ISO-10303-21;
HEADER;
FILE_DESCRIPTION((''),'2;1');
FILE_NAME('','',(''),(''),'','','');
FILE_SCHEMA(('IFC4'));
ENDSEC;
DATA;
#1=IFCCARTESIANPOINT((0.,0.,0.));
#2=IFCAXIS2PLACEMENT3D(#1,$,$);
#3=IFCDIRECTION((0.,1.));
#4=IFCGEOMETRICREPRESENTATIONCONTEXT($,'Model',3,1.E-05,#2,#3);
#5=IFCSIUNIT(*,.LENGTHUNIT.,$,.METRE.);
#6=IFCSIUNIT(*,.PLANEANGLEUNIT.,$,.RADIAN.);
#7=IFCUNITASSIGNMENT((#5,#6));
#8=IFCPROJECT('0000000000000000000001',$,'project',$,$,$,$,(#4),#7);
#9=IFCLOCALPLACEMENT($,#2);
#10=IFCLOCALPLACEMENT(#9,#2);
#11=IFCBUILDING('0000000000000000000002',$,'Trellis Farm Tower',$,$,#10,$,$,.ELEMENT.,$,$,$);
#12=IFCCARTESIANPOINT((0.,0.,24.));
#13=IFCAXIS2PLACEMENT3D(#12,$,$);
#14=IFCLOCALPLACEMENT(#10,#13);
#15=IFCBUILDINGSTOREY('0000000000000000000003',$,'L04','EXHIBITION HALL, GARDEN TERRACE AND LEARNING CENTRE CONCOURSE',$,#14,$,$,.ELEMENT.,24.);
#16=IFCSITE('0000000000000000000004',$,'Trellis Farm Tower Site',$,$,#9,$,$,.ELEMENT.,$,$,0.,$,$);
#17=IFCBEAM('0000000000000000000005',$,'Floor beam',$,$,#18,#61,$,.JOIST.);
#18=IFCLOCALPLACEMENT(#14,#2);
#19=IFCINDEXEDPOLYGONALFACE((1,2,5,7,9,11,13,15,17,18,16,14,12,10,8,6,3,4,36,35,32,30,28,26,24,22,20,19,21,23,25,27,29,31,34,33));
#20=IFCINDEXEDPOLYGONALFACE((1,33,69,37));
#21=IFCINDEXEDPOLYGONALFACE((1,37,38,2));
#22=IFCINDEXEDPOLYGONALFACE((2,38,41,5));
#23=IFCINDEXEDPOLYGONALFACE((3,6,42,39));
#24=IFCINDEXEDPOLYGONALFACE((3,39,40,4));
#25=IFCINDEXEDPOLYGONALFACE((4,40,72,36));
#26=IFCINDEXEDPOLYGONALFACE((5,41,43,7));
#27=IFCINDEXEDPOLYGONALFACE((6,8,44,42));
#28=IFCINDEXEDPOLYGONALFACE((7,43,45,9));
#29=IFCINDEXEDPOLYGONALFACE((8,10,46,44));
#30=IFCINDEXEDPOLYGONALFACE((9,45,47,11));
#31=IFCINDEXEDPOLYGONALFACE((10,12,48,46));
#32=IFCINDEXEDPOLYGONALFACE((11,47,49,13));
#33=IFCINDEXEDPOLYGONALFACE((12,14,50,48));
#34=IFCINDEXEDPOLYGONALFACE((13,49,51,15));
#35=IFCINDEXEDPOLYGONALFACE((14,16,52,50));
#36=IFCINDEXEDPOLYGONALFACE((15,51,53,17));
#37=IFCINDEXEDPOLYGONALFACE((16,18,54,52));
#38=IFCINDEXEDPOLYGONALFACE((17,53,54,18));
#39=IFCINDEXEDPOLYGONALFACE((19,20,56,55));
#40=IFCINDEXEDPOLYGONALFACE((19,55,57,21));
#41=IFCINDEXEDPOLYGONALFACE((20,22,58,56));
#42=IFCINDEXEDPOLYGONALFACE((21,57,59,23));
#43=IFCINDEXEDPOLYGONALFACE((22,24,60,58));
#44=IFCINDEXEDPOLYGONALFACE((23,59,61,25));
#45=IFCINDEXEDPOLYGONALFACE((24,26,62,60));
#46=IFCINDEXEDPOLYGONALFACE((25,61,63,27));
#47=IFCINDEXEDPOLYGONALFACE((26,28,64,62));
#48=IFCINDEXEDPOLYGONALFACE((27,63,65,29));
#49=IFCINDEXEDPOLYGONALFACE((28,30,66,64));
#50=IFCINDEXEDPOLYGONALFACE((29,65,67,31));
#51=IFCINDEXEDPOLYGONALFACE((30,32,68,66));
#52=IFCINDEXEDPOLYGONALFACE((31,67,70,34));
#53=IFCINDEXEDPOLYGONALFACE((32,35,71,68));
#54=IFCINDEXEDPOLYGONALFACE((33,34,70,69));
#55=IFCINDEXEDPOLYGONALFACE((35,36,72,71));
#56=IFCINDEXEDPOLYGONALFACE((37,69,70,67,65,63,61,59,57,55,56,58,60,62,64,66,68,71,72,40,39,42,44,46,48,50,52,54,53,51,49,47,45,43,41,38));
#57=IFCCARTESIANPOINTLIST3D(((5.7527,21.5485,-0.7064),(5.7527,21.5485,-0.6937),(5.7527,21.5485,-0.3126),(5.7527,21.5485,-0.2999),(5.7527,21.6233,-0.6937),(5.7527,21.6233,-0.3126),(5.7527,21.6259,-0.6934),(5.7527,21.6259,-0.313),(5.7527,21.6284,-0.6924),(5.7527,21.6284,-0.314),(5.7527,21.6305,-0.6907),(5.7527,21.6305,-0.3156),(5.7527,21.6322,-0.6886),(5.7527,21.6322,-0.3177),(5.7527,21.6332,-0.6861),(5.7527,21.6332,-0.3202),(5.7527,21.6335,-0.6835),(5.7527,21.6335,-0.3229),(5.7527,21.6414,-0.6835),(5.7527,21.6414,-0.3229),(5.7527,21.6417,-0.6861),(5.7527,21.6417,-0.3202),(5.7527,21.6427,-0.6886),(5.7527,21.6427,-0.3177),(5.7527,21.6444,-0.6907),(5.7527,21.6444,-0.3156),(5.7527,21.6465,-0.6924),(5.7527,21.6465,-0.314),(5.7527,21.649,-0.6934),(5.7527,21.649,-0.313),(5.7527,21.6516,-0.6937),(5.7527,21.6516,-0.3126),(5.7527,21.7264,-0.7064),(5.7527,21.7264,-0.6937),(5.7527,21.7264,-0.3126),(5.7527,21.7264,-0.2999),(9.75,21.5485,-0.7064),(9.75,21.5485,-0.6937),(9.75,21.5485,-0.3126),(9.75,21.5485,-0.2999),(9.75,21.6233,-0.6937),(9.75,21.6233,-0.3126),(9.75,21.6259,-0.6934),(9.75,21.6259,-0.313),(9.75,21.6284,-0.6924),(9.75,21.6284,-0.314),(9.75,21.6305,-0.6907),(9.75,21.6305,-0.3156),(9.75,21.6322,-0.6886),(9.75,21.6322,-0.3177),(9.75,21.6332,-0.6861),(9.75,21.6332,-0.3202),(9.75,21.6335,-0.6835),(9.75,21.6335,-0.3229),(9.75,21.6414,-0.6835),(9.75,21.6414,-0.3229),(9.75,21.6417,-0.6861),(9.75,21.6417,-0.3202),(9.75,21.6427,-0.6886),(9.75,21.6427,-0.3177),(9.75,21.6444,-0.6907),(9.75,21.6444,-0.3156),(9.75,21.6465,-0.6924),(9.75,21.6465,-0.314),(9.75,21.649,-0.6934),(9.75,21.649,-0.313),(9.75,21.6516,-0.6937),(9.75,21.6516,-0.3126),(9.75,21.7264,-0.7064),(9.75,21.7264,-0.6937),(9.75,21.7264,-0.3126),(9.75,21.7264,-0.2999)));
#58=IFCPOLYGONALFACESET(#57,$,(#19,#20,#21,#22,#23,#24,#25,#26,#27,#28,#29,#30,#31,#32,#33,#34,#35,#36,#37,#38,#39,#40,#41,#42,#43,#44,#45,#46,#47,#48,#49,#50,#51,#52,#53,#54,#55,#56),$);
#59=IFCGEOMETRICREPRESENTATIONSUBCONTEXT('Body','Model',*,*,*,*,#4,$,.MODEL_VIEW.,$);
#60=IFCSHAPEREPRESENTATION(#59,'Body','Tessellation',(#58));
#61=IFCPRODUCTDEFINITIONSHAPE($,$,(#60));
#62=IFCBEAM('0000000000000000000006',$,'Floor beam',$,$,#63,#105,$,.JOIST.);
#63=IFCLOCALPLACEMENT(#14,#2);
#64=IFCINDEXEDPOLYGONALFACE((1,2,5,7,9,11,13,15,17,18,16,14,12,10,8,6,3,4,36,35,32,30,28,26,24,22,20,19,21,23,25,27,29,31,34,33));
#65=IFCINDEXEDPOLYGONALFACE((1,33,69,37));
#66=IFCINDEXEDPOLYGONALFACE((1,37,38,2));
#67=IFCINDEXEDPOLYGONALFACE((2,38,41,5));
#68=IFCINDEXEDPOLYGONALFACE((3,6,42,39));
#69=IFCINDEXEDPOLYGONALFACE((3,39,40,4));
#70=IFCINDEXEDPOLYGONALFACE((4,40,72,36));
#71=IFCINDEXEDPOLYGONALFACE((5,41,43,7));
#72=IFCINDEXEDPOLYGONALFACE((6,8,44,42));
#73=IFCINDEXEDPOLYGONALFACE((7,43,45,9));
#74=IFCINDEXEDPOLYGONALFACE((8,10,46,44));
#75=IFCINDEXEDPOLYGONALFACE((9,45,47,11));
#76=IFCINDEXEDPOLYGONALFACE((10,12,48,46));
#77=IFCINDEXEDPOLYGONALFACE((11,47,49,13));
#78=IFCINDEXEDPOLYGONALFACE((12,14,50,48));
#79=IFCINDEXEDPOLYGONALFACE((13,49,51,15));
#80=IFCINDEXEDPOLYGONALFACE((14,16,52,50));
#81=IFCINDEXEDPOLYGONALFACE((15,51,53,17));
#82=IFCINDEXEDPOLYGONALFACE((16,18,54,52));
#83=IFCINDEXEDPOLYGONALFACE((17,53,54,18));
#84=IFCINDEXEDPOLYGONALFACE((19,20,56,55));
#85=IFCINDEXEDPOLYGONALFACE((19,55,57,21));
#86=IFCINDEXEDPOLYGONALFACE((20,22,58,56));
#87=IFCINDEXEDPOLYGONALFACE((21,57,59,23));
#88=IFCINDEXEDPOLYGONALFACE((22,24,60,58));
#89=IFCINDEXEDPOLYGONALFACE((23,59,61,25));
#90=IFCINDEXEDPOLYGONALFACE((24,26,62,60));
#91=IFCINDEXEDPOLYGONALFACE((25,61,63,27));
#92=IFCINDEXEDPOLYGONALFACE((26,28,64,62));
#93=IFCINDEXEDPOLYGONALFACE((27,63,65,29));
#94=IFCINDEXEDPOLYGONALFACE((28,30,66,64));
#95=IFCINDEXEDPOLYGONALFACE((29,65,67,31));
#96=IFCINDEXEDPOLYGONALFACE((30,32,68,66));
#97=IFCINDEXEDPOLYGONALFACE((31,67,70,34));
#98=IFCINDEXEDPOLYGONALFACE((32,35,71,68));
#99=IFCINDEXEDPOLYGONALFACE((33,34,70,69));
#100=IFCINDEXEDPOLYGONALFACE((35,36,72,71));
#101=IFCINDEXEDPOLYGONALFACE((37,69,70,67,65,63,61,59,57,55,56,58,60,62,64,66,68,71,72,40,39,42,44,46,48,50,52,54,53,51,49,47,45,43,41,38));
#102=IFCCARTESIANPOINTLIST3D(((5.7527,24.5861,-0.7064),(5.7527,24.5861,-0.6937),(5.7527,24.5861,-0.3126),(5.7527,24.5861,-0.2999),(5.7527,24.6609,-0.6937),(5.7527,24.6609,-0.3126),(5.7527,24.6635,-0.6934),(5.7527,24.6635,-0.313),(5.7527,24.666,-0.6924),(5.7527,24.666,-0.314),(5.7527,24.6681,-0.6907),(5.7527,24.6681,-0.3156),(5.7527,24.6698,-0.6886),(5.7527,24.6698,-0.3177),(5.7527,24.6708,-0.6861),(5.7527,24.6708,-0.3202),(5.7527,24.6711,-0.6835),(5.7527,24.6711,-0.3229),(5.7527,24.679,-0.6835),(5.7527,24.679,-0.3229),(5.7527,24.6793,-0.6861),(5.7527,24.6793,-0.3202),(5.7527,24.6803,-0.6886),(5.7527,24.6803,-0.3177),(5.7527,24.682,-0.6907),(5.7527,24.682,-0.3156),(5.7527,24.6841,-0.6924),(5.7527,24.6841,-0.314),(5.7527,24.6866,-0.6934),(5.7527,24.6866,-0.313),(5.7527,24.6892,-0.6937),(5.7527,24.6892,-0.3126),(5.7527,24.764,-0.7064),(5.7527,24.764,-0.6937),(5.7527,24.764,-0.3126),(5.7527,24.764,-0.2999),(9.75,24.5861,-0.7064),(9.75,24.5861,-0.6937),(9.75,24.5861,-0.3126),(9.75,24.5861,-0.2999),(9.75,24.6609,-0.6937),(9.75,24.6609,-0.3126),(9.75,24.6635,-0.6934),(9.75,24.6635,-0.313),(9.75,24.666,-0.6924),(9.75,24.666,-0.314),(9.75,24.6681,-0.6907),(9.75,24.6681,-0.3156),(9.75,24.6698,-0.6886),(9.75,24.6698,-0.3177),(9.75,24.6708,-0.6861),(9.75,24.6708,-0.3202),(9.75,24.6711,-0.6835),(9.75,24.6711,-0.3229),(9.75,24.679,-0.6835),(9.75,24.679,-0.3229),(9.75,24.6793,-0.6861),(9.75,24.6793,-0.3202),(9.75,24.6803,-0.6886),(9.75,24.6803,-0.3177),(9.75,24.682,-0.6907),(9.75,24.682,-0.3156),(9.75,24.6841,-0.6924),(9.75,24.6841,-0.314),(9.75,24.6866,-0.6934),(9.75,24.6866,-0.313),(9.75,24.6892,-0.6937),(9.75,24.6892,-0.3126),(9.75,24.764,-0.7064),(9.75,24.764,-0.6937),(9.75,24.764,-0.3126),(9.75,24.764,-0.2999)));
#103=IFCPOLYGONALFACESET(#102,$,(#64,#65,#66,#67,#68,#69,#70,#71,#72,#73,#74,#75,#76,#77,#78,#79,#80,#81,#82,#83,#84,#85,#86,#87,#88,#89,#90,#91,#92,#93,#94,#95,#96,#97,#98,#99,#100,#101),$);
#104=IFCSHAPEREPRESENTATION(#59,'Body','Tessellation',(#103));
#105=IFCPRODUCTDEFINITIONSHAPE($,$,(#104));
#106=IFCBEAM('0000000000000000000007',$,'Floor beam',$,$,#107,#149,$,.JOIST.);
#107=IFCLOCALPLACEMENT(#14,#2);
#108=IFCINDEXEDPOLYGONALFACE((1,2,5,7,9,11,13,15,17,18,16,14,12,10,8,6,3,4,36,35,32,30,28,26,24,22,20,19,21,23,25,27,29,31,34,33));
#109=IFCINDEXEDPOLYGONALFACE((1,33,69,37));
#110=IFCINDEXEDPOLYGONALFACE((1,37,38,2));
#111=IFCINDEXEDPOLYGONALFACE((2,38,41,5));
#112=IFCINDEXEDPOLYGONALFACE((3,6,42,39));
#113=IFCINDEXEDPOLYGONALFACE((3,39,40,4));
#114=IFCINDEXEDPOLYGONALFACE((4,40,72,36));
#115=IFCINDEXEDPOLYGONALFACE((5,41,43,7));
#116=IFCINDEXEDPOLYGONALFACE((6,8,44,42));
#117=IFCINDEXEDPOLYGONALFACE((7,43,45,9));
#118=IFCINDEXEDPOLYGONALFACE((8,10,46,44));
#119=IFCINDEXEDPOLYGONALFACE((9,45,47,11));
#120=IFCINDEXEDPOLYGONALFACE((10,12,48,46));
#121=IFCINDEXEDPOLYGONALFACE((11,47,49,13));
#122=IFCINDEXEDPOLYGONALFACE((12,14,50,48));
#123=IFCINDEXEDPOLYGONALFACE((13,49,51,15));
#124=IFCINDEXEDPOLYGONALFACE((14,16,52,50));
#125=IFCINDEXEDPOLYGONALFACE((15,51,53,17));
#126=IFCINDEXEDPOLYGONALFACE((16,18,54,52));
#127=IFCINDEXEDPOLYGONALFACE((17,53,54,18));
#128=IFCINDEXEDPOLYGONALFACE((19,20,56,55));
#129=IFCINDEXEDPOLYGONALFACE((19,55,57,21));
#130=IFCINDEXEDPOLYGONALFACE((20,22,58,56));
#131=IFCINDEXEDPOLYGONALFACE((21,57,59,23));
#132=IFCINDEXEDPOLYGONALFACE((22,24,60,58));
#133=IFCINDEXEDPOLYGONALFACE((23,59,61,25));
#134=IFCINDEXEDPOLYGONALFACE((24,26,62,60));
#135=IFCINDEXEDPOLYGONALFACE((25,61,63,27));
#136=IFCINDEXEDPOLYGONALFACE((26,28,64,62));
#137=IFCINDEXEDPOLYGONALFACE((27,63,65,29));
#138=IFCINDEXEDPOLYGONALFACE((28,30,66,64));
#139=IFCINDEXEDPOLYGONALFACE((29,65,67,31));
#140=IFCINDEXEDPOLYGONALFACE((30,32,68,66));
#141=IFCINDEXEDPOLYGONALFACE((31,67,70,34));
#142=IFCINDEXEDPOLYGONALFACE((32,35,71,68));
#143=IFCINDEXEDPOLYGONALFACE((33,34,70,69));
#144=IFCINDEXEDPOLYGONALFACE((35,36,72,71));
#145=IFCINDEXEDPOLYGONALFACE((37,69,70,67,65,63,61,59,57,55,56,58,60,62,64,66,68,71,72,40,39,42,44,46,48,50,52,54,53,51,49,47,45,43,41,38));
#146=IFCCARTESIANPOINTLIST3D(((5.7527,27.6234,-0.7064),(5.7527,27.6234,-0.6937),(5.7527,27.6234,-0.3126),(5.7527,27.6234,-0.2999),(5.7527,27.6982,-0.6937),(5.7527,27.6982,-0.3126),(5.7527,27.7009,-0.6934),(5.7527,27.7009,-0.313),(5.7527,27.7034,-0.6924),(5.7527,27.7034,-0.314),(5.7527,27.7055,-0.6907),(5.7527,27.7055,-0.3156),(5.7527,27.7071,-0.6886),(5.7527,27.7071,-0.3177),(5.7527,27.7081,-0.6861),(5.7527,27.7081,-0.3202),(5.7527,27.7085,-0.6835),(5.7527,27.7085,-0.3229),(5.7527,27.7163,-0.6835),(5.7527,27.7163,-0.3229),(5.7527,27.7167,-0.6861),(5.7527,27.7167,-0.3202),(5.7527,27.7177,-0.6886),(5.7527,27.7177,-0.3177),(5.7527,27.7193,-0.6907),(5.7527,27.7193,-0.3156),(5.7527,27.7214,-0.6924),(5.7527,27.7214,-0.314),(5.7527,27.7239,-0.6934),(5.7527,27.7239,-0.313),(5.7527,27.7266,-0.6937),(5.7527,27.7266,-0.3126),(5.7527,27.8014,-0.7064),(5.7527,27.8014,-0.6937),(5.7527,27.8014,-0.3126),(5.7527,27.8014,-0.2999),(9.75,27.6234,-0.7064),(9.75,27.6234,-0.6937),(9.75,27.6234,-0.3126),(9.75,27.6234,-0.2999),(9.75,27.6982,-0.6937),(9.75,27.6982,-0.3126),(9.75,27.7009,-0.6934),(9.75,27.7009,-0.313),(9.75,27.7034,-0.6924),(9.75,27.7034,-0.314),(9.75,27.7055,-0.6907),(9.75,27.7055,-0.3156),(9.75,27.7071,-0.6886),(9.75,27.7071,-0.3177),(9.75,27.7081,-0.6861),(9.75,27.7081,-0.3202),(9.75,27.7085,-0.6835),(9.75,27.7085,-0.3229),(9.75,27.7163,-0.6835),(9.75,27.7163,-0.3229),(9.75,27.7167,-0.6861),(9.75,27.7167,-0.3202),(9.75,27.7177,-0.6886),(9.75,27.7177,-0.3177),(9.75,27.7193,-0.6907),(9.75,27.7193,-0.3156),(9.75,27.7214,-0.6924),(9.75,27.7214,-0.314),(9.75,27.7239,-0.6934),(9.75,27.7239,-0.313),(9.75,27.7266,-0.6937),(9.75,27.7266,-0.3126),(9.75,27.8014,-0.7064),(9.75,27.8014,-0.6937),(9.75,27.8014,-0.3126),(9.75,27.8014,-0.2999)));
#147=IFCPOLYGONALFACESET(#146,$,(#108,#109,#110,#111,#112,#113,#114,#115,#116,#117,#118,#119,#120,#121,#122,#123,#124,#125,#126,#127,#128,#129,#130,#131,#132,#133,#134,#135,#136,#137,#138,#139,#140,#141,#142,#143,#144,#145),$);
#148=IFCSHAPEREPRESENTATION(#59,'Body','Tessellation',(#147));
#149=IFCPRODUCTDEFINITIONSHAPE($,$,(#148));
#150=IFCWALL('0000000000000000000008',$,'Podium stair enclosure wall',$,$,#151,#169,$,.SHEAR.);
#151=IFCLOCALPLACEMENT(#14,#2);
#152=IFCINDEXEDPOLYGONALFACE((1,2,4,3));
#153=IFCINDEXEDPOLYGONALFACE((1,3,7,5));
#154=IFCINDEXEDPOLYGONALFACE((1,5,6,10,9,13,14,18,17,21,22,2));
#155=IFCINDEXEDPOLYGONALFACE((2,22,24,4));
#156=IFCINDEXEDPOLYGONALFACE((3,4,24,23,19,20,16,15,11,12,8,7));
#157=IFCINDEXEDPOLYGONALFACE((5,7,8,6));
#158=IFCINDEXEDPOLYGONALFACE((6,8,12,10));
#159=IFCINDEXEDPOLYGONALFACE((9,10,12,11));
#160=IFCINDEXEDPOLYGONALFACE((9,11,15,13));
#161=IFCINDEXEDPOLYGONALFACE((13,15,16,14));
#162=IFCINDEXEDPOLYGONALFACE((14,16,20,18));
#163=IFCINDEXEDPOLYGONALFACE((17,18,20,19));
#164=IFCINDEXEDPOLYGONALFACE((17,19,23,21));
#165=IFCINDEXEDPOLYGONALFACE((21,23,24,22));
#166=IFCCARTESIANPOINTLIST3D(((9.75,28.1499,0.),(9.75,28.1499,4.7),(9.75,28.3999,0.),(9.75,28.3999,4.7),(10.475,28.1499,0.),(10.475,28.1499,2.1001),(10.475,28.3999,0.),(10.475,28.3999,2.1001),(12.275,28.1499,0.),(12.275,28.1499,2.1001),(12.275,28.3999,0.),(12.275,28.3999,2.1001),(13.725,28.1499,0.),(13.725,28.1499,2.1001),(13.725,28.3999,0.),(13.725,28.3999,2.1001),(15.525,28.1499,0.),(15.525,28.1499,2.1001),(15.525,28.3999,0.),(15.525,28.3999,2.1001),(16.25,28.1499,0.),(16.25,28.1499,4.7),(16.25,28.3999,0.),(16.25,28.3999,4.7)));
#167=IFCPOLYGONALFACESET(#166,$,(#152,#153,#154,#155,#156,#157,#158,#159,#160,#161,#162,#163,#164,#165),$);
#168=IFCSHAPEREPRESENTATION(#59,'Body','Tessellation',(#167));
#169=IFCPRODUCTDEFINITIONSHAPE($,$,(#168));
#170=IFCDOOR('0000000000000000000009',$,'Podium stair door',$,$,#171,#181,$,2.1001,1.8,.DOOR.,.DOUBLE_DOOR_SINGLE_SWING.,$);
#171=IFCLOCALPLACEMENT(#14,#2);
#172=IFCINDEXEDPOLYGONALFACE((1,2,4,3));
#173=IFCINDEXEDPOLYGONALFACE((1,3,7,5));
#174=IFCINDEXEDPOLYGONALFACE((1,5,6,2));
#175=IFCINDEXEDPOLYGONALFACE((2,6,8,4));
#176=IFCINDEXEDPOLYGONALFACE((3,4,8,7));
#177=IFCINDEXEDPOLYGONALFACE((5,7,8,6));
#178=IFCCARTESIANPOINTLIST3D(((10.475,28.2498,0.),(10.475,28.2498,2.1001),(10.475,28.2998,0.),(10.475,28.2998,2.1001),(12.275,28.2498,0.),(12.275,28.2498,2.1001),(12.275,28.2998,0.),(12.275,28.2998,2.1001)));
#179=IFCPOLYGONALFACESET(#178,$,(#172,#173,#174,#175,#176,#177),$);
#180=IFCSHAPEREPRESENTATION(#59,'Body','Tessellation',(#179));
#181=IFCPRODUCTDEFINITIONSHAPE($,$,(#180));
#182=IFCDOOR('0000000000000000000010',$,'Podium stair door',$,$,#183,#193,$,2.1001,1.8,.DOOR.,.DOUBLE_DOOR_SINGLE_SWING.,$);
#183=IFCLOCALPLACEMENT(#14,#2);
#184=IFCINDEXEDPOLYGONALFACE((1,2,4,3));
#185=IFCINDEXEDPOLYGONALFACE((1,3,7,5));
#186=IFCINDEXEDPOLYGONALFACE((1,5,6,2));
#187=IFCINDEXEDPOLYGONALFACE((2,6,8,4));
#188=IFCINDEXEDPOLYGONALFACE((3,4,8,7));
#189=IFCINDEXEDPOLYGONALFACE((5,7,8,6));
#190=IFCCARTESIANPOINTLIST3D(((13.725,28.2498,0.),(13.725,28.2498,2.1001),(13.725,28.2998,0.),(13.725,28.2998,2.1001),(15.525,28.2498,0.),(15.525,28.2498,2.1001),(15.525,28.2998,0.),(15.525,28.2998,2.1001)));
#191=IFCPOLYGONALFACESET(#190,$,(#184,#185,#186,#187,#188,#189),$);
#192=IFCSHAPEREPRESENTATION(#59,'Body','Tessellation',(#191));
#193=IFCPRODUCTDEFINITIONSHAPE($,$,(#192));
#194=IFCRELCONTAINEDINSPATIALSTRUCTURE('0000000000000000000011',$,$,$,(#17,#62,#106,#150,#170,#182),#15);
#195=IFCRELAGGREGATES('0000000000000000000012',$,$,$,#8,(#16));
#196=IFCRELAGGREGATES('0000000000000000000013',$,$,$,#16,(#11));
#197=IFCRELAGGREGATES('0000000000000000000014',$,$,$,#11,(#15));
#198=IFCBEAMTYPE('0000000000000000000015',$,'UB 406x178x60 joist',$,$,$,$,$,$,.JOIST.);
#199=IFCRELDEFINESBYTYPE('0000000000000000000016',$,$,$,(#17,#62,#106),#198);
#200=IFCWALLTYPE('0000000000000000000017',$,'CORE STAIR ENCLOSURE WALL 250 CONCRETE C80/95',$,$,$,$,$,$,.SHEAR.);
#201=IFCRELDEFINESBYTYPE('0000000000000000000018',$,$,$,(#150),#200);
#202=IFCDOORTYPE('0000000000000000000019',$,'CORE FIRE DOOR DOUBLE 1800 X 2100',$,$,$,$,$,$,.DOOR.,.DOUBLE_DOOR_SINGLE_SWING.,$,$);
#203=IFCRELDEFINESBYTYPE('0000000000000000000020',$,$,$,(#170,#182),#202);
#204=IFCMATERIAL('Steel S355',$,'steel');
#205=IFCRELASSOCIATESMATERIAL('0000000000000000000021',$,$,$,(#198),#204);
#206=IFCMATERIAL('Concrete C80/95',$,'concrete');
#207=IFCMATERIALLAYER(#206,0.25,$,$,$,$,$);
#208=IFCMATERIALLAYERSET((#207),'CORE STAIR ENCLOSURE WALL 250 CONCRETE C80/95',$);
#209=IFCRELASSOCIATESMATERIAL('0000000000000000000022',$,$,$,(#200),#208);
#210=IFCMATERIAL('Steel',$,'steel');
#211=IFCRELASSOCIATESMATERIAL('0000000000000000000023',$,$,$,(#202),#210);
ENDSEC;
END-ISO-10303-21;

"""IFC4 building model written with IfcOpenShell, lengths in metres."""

from ifc_helpers import new_model, si_unit, direction, frame, frame_2d, origin, origin_2d, place, context, subcontext, project, spatial, rectangle, i_section, extrude, source, transform, mapped, material, layer, layer_set, material_profile, profile_set, type_object, element, fill, save


model = new_model("IFC4")

# Units and contexts
model_context = context("Model", 3, precision=1e-05, world=origin(), true_north=direction((0.0, 1.0)))
body_context = subcontext(model_context, "Body", "Model", "MODEL_VIEW")
ifc_project = project(units=[si_unit("LENGTHUNIT", "METRE"), si_unit("PLANEANGLEUNIT", "RADIAN")], contexts=[model_context])

# Site, building, storey
site_placement = place(None, origin())
site = spatial("IfcSite", under=ifc_project, at=site_placement, Name="Trellis Farm Tower Site", CompositionType="ELEMENT", RefElevation=0.0)
building_placement = place(site_placement, origin())
building = spatial("IfcBuilding", under=site, at=building_placement, Name="Trellis Farm Tower", CompositionType="ELEMENT")
storey_placement = place(building_placement, frame((0.0, 0.0, 24.0)))
storey = spatial("IfcBuildingStorey", under=building, at=storey_placement, Name="L04", Description="EXHIBITION HALL, GARDEN TERRACE AND LEARNING CENTRE CONCOURSE", CompositionType="ELEMENT", Elevation=24.0)

# Shared definitions
ifc_material_1 = material(Name="Concrete C80/95", Category="concrete")

# Beams
ifc_material_2 = material(Name="Steel S355", Category="steel")
ifc_material_profile_1 = material_profile(ifc_material_2, i_section(OverallWidth=0.178, OverallDepth=0.4065, WebThickness=0.0078, FlangeThickness=0.0127, FilletRadius=0.0103, at=origin_2d()), Name="UB 406x178x60")
ifc_profile_set_1 = profile_set([ifc_material_profile_1], Name="Steel S355")
beam_type_1 = type_object("IfcBeamType", Name="UB 406x178x60 joist", PredefinedType="JOIST", material=ifc_profile_set_1)
shared_shape_1 = source(origin(), body_context, "Body", "SweptSolid", [
    extrude(i_section(OverallWidth=0.178, OverallDepth=0.4065, WebThickness=0.0078, FlangeThickness=0.0127, FilletRadius=0.0103, at=origin_2d()), origin(), (0.0, 0.0, 1.0), 3.9973),
])
for number, where, z_axis, x_axis, name in (
    (1, (5.7527, 21.6375, -0.5032), (1.0, 0.0, 0.0), (0.0, 1.0, 0.0), "Floor beam"),
    (2, (5.7527, 24.675, -0.5032), (1.0, 0.0, 0.0), (0.0, 1.0, 0.0), "Floor beam"),
    (3, (5.7527, 27.7124, -0.5032), (1.0, 0.0, 0.0), (0.0, 1.0, 0.0), "Floor beam"),
):
    element("IfcBeam", number, at=place(storey_placement, frame(where, z_axis=z_axis, x_axis=x_axis)), inside=storey, type_object=beam_type_1, Name=name, PredefinedType="JOIST", context=body_context, shape_type="MappedRepresentation", body=[
        mapped(shared_shape_1, transform((0.0, 0.0, 0.0))),
    ])

# Wall, openings, doors
ifc_layer_1 = layer(ifc_material_1, 0.25)
ifc_layer_set_1 = layer_set([ifc_layer_1], Name="CORE STAIR ENCLOSURE WALL 250 CONCRETE C80/95")
wall_type_1 = type_object("IfcWallType", Name="CORE STAIR ENCLOSURE WALL 250 CONCRETE C80/95", PredefinedType="SHEAR", material=ifc_layer_set_1)
shared_shape_2 = source(origin(), body_context, "Body", "SweptSolid", [
    extrude(rectangle(XDim=6.5, YDim=0.25, at=frame_2d((3.25, 0.0))), origin(), (0.0, 0.0, 1.0), 4.7),
])
wall_1_placement = place(storey_placement, frame((9.75, 28.2749, 0.0), z_axis=(0.0, 0.0, 1.0), x_axis=(1.0, 0.0, 0.0)))
wall_1 = element("IfcWall", 4, at=wall_1_placement, inside=storey, type_object=wall_type_1, Name="Podium stair enclosure wall", PredefinedType="SHEAR", context=body_context, shape_type="MappedRepresentation", body=[
    mapped(shared_shape_2, transform((0.0, 0.0, 0.0))),
])
shared_shape_3 = source(origin(), body_context, "Body", "SweptSolid", [
    extrude(rectangle(XDim=1.8, YDim=2.1001, at=frame_2d((0.8999, 1.05))), frame((0.0, 0.135, 0.0), z_axis=(0.0, -1.0, 0.0), x_axis=(1.0, 0.0, 0.0)), (0.0, 0.0, 1.0), 0.27),
])
opening_1_placement = place(wall_1_placement, frame((0.7251, 0.0, 0.0)))
opening_1 = element("IfcOpeningElement", 5, at=opening_1_placement, cuts=wall_1, PredefinedType="OPENING", context=body_context, shape_type="MappedRepresentation", body=[
    mapped(shared_shape_3, transform((0.0, 0.0, 0.0))),
])
opening_2_placement = place(wall_1_placement, frame((3.9751, 0.0, 0.0)))
opening_2 = element("IfcOpeningElement", 6, at=opening_2_placement, cuts=wall_1, PredefinedType="OPENING", context=body_context, shape_type="MappedRepresentation", body=[
    mapped(shared_shape_3, transform((0.0, 0.0, 0.0))),
])
ifc_material_3 = material(Name="Steel", Category="steel")
door_type_1 = type_object("IfcDoorType", Name="CORE FIRE DOOR DOUBLE 1800 X 2100", OperationType="DOUBLE_DOOR_SINGLE_SWING", PredefinedType="DOOR", material=ifc_material_3)
shared_shape_4 = source(origin(), body_context, "Body", "SweptSolid", [
    extrude(rectangle(XDim=1.8, YDim=2.1001, at=frame_2d((0.8999, 1.05))), frame((0.0, 0.0249, 0.0), z_axis=(0.0, -1.0, 0.0), x_axis=(1.0, 0.0, 0.0)), (0.0, 0.0, 1.0), 0.05),
])
door_1_placement = place(opening_1_placement, origin())
door_1 = element("IfcDoor", 7, at=door_1_placement, inside=storey, type_object=door_type_1, Name="Podium stair door", OperationType="DOUBLE_DOOR_SINGLE_SWING", OverallHeight=2.1001, OverallWidth=1.8, PredefinedType="DOOR", context=body_context, shape_type="MappedRepresentation", body=[
    mapped(shared_shape_4, transform((0.0, 0.0, 0.0))),
])
fill(opening_1, door_1)
door_2_placement = place(opening_2_placement, origin())
door_2 = element("IfcDoor", 8, at=door_2_placement, inside=storey, type_object=door_type_1, Name="Podium stair door", OperationType="DOUBLE_DOOR_SINGLE_SWING", OverallHeight=2.1001, OverallWidth=1.8, PredefinedType="DOOR", context=body_context, shape_type="MappedRepresentation", body=[
    mapped(shared_shape_4, transform((0.0, 0.0, 0.0))),
])
fill(opening_2, door_2)

save(model, "model.ifc")
